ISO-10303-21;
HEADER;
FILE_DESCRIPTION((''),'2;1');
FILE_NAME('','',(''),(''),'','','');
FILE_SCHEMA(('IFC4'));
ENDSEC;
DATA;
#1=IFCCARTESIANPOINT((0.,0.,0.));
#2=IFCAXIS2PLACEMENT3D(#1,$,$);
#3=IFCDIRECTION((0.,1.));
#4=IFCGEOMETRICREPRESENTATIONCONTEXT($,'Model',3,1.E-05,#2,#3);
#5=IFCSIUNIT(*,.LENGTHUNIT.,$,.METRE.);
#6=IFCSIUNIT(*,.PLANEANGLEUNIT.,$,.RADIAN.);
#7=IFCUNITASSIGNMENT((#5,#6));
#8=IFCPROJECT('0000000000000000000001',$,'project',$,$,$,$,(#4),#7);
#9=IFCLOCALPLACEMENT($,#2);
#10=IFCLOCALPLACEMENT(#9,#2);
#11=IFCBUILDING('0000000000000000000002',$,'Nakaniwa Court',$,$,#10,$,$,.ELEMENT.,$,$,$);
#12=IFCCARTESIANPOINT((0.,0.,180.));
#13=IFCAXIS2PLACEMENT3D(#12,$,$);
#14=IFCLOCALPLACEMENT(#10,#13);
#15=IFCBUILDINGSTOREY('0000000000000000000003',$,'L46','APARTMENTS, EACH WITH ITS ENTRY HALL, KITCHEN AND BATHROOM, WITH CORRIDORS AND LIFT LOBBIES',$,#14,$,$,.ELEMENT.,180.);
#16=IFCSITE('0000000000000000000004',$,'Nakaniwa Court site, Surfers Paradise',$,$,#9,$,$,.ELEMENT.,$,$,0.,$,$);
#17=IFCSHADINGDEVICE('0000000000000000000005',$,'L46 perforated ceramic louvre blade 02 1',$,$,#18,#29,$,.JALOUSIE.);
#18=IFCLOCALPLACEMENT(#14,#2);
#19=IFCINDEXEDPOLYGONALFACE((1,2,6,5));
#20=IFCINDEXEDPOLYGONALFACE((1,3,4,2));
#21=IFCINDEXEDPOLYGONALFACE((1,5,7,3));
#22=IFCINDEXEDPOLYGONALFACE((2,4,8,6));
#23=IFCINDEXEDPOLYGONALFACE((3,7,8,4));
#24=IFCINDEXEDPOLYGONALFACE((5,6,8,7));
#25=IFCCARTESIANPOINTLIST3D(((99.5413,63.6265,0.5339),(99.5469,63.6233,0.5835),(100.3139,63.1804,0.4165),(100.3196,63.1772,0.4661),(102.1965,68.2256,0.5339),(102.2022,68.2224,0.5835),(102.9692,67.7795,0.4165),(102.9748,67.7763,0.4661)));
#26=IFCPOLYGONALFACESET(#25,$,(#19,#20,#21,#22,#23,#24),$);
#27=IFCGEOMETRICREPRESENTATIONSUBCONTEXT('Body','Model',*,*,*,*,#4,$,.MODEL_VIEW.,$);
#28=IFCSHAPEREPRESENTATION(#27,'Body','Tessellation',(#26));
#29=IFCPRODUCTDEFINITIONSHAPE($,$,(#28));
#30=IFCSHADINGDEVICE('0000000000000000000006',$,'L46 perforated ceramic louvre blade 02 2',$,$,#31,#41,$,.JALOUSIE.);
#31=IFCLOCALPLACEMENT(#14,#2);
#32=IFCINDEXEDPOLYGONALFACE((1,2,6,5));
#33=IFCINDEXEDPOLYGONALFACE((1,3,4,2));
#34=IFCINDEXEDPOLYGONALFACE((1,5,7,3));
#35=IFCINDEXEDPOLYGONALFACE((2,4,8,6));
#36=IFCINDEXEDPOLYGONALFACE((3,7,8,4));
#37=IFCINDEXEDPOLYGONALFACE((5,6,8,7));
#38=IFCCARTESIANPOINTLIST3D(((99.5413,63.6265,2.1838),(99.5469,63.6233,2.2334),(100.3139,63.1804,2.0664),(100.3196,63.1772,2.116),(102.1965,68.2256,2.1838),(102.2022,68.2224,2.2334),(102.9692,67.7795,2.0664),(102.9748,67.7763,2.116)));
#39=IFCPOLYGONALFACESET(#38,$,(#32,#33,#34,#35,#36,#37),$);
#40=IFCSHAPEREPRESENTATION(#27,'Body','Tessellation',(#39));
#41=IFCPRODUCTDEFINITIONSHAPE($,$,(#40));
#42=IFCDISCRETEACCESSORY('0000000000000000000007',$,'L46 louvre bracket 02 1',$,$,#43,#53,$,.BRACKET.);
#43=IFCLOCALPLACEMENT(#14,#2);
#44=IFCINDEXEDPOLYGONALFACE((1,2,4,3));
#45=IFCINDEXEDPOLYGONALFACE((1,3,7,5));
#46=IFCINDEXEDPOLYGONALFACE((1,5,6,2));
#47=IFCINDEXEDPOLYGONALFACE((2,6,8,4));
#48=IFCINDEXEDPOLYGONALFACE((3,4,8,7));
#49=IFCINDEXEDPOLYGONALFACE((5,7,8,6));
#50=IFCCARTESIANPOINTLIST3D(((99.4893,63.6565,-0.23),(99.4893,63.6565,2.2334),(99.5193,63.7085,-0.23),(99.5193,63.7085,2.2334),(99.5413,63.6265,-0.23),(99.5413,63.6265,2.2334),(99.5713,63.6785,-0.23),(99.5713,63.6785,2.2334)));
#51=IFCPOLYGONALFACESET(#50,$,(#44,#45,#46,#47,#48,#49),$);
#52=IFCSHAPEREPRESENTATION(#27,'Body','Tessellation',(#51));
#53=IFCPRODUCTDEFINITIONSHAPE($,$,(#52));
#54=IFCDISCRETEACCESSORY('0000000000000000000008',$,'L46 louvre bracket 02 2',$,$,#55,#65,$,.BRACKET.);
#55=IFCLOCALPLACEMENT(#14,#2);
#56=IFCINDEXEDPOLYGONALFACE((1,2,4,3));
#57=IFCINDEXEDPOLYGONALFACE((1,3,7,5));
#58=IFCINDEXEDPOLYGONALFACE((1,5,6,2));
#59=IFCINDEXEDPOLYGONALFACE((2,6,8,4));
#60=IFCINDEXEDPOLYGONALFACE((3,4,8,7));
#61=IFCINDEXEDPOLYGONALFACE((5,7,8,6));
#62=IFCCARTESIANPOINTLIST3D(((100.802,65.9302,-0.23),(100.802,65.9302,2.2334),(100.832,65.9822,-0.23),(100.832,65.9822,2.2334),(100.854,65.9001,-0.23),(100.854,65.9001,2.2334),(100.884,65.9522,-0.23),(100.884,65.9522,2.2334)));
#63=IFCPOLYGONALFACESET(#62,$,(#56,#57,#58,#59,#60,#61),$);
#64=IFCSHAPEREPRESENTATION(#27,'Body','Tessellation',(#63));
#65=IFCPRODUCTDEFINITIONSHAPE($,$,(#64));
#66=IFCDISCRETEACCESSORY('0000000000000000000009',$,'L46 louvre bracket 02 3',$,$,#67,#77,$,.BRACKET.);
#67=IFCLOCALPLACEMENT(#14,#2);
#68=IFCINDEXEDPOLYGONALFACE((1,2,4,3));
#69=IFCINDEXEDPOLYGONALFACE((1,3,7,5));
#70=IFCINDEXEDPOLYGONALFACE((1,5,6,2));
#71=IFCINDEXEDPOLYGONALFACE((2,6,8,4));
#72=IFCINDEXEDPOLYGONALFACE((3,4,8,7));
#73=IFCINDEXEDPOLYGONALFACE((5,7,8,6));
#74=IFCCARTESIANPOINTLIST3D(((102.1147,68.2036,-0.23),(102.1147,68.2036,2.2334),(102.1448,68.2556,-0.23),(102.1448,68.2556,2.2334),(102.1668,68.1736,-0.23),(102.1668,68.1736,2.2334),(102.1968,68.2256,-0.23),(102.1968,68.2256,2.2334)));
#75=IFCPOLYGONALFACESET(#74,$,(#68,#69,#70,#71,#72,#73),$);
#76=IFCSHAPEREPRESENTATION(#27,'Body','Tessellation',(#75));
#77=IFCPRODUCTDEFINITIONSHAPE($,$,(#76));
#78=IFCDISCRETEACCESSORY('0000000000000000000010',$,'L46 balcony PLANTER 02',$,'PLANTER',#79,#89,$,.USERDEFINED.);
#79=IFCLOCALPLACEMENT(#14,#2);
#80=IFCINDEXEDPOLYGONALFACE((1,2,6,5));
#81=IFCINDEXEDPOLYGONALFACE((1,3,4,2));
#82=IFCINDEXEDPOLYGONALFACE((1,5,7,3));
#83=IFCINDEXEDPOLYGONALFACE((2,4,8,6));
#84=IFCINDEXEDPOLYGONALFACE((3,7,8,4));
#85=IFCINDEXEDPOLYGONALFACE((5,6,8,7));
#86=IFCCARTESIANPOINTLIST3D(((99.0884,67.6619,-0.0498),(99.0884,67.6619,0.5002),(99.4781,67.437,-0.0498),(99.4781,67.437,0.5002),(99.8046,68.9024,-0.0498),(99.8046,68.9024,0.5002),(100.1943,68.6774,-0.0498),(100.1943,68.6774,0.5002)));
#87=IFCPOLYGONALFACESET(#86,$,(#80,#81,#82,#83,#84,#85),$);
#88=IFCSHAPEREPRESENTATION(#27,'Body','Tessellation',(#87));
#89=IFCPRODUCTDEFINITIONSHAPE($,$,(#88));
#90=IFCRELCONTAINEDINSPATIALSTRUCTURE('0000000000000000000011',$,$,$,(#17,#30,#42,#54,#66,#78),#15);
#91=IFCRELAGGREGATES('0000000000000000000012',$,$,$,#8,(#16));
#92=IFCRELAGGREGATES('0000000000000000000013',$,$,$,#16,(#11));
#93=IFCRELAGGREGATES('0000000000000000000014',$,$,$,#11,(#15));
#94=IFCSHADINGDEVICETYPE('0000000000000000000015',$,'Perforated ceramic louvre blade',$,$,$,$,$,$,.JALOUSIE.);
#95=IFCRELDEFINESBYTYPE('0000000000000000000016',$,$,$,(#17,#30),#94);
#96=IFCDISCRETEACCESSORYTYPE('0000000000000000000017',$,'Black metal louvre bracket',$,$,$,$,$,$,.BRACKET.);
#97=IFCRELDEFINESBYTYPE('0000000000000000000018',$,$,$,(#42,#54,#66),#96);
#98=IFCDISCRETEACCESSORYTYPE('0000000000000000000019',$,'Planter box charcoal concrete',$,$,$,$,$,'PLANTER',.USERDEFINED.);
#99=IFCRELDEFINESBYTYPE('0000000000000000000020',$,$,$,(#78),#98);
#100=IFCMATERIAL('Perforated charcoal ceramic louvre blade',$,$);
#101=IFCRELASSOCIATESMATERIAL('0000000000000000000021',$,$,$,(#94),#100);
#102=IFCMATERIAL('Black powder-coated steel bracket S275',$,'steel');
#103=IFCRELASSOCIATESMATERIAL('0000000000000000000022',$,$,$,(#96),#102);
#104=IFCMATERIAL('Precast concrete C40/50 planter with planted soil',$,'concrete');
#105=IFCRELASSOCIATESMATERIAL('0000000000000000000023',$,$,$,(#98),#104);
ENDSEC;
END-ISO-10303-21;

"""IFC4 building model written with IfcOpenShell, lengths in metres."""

from ifc_helpers import new_model, si_unit, direction, frame, origin, origin_2d, place, context, subcontext, project, spatial, rectangle, extrude, material, material_profile, profile_set, type_object, element, save


model = new_model("IFC4")

# Units and contexts
model_context = context("Model", 3, precision=1e-05, world=origin(), true_north=direction((0.0, 1.0)))
body_context = subcontext(model_context, "Body", "Model", "MODEL_VIEW")
ifc_project = project(units=[si_unit("LENGTHUNIT", "METRE"), si_unit("PLANEANGLEUNIT", "RADIAN")], contexts=[model_context])

# Site, building, storey
site_placement = place(None, origin())
site = spatial("IfcSite", under=ifc_project, at=site_placement, Name="Nakaniwa Court site, Surfers Paradise", CompositionType="ELEMENT", RefElevation=0.0)
building_placement = place(site_placement, origin())
building = spatial("IfcBuilding", under=site, at=building_placement, Name="Nakaniwa Court", CompositionType="ELEMENT")
storey_placement = place(building_placement, frame((0.0, 0.0, 180.0)))
storey = spatial("IfcBuildingStorey", under=building, at=storey_placement, Name="L46", Description="APARTMENTS, EACH WITH ITS ENTRY HALL, KITCHEN AND BATHROOM, WITH CORRIDORS AND LIFT LOBBIES", CompositionType="ELEMENT", Elevation=180.0)

# Shading devices
ifc_material_1 = material(Name="Perforated charcoal ceramic louvre blade")
ifc_material_profile_1 = material_profile(ifc_material_1, rectangle(XDim=0.8999, YDim=0.05, at=origin_2d()), Name="Perforated ceramic louvre blade")
ifc_profile_set_1 = profile_set([ifc_material_profile_1], Name="Perforated charcoal ceramic louvre blade")
shading_device_type_1 = type_object("IfcShadingDeviceType", Name="Perforated ceramic louvre blade", PredefinedType="JALOUSIE", material=ifc_profile_set_1)
for number, where, z_axis, x_axis, name in (
    (1, (99.9304, 63.4019, 0.5), (0.499996, 0.866028, 0.0), (-0.858619, 0.495718, 0.130526), "L46 perforated ceramic louvre blade 02 1"),
    (2, (99.9304, 63.4019, 2.1499), (0.499996, 0.866028, 0.0), (-0.858619, 0.495718, 0.130526), "L46 perforated ceramic louvre blade 02 2"),
):
    element("IfcShadingDevice", number, at=place(storey_placement, frame(where, z_axis=z_axis, x_axis=x_axis)), inside=storey, type_object=shading_device_type_1, Name=name, PredefinedType="JALOUSIE", context=body_context, shape_type="SweptSolid", body=[
        extrude(rectangle(XDim=0.8999, YDim=0.05, at=origin_2d()), origin(), (0.0, 0.0, 1.0), 5.3105),
    ])

# Discrete accessories
ifc_material_2 = material(Name="Black powder-coated steel bracket S275", Category="steel")
discrete_accessory_type_1 = type_object("IfcDiscreteAccessoryType", Name="Black metal louvre bracket", PredefinedType="BRACKET", material=ifc_material_2)
for number, where, z_axis, x_axis, name in (
    (3, (99.5303, 63.6675, -0.23), (0.0, 0.0, 1.0), (0.500017, 0.866016, 0.0), "L46 louvre bracket 02 1"),
    (4, (100.843, 65.9412, -0.23), (0.0, 0.0, 1.0), (0.500017, 0.866016, 0.0), "L46 louvre bracket 02 2"),
    (5, (102.1558, 68.2146, -0.23), (0.0, 0.0, 1.0), (0.500017, 0.866016, 0.0), "L46 louvre bracket 02 3"),
):
    element("IfcDiscreteAccessory", number, at=place(storey_placement, frame(where, z_axis=z_axis, x_axis=x_axis)), inside=storey, type_object=discrete_accessory_type_1, Name=name, PredefinedType="BRACKET", context=body_context, shape_type="SweptSolid", body=[
        extrude(rectangle(XDim=0.0601, YDim=0.0601, at=origin_2d()), origin(), (0.0, 0.0, 1.0), 2.4634),
    ])
ifc_material_3 = material(Name="Precast concrete C40/50 planter with planted soil", Category="concrete")
discrete_accessory_type_2 = type_object("IfcDiscreteAccessoryType", Name="Planter box charcoal concrete", ElementType="PLANTER", PredefinedType="USERDEFINED", material=ifc_material_3)
discrete_accessory_placement = place(storey_placement, frame((99.6414, 68.1697, -0.0498), z_axis=(0.0, 0.0, 1.0), x_axis=(0.500017, 0.866016, 0.0)))
element("IfcDiscreteAccessory", 6, at=discrete_accessory_placement, inside=storey, type_object=discrete_accessory_type_2, Name="L46 balcony PLANTER 02", ObjectType="PLANTER", PredefinedType="USERDEFINED", context=body_context, shape_type="SweptSolid", body=[
    extrude(rectangle(XDim=1.4324, YDim=0.45, at=origin_2d()), origin(), (0.0, 0.0, 1.0), 0.55),
])

save(model, "model.ifc")
